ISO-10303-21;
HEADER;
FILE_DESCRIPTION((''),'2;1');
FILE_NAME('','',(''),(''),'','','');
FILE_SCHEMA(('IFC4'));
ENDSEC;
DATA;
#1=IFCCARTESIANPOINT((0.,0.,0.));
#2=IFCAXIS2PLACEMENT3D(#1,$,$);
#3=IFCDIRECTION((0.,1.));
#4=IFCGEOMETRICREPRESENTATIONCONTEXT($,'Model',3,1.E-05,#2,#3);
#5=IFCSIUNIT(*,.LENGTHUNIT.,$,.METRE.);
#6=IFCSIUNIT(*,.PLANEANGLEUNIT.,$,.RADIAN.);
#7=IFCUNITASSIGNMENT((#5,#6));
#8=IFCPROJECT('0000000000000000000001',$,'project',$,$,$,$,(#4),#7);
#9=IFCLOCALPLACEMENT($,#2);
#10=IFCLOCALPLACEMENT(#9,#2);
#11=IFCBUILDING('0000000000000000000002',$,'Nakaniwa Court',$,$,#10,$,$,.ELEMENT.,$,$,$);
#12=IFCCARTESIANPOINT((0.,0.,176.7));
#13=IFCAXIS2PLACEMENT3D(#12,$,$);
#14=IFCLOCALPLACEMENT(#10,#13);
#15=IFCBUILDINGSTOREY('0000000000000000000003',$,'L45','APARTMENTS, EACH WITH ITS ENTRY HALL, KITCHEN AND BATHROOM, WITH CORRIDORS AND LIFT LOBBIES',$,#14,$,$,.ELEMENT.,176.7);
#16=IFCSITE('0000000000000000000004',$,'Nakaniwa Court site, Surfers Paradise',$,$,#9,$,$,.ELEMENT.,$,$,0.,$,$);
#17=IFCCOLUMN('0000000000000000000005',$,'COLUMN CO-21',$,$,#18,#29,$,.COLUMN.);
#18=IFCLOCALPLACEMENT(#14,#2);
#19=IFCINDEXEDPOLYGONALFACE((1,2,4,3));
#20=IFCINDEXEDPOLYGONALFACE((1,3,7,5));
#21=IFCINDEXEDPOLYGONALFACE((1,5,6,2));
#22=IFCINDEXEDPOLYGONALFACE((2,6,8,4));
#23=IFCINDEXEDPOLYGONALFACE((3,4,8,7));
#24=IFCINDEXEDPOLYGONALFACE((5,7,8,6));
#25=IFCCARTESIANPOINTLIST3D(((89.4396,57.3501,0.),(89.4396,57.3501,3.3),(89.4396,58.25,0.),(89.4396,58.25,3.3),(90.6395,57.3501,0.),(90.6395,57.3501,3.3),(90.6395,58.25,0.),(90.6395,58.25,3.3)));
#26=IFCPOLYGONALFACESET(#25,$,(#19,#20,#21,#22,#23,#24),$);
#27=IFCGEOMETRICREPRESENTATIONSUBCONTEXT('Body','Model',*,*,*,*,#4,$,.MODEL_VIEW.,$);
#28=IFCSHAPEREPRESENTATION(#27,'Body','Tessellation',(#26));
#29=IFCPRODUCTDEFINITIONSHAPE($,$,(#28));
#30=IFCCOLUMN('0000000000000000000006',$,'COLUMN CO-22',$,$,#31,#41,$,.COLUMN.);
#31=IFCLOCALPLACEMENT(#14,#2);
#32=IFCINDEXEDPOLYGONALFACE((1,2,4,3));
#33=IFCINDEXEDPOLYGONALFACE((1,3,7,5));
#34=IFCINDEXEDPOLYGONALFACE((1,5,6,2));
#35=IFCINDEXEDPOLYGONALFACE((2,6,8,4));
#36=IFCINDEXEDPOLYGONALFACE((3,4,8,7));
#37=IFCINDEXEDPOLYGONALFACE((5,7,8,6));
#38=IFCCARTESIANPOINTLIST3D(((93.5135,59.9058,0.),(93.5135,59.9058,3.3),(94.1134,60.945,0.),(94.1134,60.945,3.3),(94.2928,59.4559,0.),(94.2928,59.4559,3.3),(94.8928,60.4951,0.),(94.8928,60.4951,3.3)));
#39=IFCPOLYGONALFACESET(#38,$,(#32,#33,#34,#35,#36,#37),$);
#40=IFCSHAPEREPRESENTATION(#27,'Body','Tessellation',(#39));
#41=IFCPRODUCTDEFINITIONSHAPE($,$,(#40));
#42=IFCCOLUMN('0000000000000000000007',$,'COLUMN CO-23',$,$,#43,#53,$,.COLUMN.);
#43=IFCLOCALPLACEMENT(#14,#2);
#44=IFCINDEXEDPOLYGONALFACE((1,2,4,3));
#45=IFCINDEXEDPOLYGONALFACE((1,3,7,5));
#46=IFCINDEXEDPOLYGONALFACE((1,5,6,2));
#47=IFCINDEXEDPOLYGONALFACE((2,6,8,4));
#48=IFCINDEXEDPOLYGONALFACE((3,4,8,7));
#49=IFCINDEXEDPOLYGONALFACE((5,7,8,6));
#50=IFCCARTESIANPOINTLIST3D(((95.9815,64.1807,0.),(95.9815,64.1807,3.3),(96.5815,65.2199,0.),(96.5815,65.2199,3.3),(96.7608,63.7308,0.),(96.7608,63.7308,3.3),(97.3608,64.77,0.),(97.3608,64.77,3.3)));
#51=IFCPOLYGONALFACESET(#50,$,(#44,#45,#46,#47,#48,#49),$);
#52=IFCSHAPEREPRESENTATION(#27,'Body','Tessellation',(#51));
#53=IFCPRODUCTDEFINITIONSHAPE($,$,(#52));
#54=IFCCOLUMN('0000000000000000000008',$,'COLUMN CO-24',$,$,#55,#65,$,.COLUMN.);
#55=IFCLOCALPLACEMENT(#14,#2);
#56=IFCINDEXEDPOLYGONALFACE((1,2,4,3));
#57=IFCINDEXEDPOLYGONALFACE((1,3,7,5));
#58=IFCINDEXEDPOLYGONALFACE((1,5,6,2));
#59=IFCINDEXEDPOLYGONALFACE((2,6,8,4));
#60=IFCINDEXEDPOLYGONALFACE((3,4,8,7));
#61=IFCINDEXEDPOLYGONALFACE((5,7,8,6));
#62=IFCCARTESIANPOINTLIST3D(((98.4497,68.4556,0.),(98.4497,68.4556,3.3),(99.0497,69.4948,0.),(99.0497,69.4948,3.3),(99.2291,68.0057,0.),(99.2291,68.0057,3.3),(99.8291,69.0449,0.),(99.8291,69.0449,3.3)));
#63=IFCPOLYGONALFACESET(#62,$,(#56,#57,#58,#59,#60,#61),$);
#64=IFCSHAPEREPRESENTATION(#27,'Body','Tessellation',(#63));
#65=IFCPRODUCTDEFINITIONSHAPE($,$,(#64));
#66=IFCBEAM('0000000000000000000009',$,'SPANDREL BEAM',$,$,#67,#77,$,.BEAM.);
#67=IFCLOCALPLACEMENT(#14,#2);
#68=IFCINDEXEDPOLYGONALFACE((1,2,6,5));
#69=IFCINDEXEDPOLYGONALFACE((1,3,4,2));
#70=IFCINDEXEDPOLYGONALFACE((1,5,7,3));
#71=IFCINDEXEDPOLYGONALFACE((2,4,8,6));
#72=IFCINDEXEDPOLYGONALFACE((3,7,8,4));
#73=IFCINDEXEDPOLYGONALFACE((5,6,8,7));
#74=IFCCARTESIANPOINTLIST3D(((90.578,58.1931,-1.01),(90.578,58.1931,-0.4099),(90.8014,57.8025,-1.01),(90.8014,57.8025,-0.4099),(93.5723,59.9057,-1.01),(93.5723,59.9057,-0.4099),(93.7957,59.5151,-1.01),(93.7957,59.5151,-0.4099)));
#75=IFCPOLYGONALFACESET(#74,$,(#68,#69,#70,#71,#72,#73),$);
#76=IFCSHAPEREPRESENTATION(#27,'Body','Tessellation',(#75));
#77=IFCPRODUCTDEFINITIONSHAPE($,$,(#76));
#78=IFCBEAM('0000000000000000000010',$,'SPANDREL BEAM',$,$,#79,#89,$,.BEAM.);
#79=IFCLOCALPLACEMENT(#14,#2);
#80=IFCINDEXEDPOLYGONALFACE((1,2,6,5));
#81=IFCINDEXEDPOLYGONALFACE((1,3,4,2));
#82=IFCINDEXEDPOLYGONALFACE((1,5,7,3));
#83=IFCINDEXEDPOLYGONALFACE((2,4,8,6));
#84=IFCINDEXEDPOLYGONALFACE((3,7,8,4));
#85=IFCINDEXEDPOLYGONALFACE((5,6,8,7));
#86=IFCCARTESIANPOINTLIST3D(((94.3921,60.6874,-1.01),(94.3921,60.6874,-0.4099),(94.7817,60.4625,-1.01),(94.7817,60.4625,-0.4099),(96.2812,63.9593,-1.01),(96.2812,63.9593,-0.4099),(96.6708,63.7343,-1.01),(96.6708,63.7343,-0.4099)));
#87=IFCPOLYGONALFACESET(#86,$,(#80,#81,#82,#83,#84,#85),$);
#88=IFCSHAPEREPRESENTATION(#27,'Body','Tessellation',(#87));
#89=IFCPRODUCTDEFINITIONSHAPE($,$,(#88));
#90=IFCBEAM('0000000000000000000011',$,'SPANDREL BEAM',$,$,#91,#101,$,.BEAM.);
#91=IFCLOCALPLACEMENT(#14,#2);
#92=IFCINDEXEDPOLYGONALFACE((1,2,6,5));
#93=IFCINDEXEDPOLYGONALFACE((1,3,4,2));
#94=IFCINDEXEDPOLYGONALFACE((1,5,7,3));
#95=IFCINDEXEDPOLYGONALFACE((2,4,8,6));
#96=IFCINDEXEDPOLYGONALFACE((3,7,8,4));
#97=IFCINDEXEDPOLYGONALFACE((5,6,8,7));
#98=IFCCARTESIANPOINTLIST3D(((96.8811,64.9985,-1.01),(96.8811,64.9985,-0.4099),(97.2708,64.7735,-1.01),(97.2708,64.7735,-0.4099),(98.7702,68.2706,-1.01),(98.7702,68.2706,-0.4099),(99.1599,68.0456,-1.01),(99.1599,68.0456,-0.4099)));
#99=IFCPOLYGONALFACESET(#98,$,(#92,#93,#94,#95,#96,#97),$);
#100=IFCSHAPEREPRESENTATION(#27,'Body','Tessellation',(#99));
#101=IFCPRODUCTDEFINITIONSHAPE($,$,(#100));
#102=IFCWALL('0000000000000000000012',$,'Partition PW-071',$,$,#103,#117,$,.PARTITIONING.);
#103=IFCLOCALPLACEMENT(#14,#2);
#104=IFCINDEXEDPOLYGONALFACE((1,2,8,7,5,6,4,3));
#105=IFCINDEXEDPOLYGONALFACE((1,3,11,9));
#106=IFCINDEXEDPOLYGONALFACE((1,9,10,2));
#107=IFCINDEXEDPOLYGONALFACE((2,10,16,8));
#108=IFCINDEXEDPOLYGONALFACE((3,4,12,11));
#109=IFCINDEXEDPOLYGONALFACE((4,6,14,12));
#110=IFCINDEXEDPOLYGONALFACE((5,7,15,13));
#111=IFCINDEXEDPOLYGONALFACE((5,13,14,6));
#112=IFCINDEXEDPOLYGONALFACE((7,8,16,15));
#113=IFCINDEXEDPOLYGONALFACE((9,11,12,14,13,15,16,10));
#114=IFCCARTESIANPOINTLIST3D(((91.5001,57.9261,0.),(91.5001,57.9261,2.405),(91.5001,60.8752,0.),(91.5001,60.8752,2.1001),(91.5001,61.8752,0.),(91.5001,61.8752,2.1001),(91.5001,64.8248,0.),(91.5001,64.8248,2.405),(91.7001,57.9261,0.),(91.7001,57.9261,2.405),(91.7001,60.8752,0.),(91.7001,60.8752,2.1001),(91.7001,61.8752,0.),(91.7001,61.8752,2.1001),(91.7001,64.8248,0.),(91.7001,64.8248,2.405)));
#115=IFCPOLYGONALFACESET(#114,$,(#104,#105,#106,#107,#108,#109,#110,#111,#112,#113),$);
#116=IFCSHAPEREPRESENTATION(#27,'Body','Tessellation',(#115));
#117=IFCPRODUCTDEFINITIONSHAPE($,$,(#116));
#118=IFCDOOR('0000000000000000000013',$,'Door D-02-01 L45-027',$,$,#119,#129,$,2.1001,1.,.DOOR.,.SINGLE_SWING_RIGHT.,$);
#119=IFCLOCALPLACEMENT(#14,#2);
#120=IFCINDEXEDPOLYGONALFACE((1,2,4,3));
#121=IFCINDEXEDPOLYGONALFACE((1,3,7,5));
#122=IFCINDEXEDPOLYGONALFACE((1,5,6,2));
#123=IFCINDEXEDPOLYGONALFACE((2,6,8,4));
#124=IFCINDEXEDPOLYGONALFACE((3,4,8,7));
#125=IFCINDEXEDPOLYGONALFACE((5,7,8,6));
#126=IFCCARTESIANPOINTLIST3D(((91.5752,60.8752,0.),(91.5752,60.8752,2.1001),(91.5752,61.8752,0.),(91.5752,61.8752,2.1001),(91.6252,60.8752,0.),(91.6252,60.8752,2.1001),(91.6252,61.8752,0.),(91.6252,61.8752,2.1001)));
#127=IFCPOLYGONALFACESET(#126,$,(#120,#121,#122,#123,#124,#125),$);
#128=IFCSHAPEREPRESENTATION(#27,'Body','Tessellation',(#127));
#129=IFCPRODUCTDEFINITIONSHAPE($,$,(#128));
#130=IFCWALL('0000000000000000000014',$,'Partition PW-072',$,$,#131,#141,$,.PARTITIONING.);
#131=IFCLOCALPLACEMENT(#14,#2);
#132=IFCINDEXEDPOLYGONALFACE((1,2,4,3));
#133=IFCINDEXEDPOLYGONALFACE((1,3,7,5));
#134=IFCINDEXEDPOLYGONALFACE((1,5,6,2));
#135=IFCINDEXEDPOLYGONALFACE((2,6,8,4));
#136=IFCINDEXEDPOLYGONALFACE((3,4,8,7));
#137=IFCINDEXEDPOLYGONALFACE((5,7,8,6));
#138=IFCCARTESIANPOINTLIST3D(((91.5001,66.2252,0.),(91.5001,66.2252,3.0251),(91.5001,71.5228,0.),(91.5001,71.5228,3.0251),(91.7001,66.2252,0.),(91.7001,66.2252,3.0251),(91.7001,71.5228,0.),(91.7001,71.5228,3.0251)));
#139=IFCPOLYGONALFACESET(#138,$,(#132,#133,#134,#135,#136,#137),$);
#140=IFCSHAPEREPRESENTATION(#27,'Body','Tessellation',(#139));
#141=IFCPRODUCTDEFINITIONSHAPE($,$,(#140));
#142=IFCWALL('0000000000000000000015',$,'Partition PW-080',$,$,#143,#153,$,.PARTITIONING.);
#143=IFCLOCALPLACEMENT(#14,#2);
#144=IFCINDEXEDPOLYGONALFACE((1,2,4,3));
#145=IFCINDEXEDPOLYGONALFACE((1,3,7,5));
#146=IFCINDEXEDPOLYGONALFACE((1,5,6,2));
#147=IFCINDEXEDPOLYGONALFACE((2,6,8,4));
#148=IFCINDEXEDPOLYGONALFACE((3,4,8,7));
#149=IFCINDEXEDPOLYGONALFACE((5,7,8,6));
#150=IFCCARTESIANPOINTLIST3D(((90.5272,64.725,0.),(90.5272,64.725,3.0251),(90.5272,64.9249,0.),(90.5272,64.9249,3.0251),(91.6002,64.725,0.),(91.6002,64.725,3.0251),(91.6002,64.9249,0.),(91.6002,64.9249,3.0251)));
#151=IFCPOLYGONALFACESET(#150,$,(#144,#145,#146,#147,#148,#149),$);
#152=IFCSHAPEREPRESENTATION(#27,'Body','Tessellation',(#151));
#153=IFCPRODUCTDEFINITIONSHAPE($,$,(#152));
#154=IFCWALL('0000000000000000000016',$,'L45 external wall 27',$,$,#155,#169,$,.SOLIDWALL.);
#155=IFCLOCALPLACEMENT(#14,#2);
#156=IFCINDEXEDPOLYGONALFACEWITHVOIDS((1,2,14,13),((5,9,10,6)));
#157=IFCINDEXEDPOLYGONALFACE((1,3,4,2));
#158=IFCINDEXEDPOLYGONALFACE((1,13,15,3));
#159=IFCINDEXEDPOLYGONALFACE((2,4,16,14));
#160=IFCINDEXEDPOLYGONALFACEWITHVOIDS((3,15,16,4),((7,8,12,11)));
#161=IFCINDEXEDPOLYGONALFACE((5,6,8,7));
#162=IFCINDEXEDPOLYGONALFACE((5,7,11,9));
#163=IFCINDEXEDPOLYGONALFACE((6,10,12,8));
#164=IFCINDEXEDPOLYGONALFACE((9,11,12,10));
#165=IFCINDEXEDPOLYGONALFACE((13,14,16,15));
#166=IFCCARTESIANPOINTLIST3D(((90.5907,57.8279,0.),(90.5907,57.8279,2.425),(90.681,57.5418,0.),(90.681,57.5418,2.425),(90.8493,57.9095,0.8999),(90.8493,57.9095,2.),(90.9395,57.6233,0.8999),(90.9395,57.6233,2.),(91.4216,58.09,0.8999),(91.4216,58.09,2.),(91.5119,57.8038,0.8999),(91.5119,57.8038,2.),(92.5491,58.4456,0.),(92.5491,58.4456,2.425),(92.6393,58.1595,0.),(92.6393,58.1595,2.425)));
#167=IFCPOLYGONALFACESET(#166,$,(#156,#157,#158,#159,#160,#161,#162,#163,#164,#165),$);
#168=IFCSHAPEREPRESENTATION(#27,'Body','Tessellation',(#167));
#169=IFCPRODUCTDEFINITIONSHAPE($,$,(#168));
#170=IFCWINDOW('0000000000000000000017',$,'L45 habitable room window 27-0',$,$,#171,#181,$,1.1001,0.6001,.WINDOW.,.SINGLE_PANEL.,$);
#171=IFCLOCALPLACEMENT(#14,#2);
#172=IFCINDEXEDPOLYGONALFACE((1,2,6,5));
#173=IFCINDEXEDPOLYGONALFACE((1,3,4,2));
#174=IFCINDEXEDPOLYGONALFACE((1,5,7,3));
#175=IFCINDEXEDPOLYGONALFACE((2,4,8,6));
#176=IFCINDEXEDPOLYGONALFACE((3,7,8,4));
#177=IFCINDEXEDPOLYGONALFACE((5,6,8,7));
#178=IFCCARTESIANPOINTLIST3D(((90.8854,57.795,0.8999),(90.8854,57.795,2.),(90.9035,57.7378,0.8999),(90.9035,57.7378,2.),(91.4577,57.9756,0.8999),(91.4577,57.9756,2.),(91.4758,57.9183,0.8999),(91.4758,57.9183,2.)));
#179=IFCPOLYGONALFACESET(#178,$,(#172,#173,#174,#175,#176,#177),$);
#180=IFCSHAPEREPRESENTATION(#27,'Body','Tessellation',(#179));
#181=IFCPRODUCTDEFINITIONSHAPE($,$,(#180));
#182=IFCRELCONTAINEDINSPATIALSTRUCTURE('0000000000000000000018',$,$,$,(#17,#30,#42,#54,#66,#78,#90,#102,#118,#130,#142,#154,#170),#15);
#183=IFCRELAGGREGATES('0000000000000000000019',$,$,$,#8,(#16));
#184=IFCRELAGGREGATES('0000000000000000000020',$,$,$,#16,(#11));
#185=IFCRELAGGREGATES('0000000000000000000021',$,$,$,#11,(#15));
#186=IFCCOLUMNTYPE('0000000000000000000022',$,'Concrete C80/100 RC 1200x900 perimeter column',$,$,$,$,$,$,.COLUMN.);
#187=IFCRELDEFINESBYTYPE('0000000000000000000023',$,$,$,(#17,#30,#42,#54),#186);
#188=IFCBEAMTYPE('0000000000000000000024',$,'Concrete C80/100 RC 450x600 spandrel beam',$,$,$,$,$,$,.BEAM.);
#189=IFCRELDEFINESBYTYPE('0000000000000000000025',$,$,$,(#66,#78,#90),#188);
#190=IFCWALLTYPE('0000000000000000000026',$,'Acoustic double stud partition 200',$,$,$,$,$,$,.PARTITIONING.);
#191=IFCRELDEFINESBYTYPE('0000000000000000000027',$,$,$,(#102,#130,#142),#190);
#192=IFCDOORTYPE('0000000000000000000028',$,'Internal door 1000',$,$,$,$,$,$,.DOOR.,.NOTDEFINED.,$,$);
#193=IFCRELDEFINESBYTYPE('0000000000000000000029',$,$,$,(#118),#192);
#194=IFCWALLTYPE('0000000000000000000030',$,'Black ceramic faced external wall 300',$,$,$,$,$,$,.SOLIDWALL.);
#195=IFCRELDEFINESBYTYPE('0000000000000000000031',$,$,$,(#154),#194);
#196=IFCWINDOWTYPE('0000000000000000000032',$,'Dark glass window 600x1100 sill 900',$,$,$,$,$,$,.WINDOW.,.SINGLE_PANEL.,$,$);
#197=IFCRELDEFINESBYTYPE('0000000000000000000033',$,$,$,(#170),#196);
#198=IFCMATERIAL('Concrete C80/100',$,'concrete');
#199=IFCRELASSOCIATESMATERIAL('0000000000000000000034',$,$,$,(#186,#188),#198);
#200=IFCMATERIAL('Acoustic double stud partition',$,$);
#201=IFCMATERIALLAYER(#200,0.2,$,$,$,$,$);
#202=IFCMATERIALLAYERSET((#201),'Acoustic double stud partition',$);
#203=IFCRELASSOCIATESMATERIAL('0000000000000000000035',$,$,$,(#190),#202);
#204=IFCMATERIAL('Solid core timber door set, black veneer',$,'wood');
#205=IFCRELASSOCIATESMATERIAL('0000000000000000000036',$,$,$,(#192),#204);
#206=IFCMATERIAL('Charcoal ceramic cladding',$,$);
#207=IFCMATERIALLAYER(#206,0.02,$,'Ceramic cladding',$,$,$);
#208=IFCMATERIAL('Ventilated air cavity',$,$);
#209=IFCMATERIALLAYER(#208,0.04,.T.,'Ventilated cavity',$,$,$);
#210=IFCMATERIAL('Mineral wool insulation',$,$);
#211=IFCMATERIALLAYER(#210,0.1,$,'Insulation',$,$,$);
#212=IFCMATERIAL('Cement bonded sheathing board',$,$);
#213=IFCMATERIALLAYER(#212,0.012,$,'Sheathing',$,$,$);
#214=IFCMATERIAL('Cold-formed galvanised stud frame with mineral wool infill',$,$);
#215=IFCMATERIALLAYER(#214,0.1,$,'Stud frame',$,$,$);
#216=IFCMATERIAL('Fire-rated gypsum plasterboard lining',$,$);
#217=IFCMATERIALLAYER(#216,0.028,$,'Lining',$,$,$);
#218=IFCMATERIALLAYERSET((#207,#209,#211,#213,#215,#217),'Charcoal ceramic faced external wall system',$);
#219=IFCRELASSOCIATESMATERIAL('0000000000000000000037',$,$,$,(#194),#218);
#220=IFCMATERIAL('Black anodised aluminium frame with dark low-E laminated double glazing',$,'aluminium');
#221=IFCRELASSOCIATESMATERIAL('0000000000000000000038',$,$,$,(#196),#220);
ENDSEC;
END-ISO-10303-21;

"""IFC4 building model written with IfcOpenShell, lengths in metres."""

from ifc_helpers import new_model, si_unit, direction, frame, frame_2d, origin, origin_2d, place, context, subcontext, project, spatial, rectangle, extrude, material, layer, layer_set, material_profile, profile_set, type_object, element, fill, save


model = new_model("IFC4")

# Units and contexts
model_context = context("Model", 3, precision=1e-05, world=origin(), true_north=direction((0.0, 1.0)))
body_context = subcontext(model_context, "Body", "Model", "MODEL_VIEW")
ifc_project = project(units=[si_unit("LENGTHUNIT", "METRE"), si_unit("PLANEANGLEUNIT", "RADIAN")], contexts=[model_context])

# Site, building, storey
site_placement = place(None, origin())
site = spatial("IfcSite", under=ifc_project, at=site_placement, Name="Nakaniwa Court site, Surfers Paradise", CompositionType="ELEMENT", RefElevation=0.0)
building_placement = place(site_placement, origin())
building = spatial("IfcBuilding", under=site, at=building_placement, Name="Nakaniwa Court", CompositionType="ELEMENT")
storey_placement = place(building_placement, frame((0.0, 0.0, 176.7)))
storey = spatial("IfcBuildingStorey", under=building, at=storey_placement, Name="L45", Description="APARTMENTS, EACH WITH ITS ENTRY HALL, KITCHEN AND BATHROOM, WITH CORRIDORS AND LIFT LOBBIES", CompositionType="ELEMENT", Elevation=176.7)

# Columns
ifc_material_1 = material(Name="Concrete C80/100", Category="concrete")
ifc_material_profile_1 = material_profile(ifc_material_1, rectangle(XDim=1.2, YDim=0.8999, at=origin_2d()), Name="Concrete C80/100 RC 1200x900 perimeter column")
ifc_profile_set_1 = profile_set([ifc_material_profile_1], Name="Concrete C80/100")
column_type = type_object("IfcColumnType", Name="Concrete C80/100 RC 1200x900 perimeter column", PredefinedType="COLUMN", material=ifc_profile_set_1)
for number, where, z_axis, x_axis, name in (
    (1, (90.0396, 57.8, 0.0), (0.0, 0.0, 1.0), (1.0, 0.0, 0.0), "COLUMN CO-21"),
    (2, (94.2031, 60.2004, 0.0), (0.0, 0.0, 1.0), (0.5, 0.866025, 0.0), "COLUMN CO-22"),
    (3, (96.6711, 64.4753, 0.0), (0.0, 0.0, 1.0), (0.5, 0.866025, 0.0), "COLUMN CO-23"),
    (4, (99.1394, 68.7502, 0.0), (0.0, 0.0, 1.0), (0.5, 0.866025, 0.0), "COLUMN CO-24"),
):
    element("IfcColumn", number, at=place(storey_placement, frame(where, z_axis=z_axis, x_axis=x_axis)), inside=storey, type_object=column_type, Name=name, PredefinedType="COLUMN", context=body_context, shape_type="SweptSolid", body=[
        extrude(rectangle(XDim=1.2, YDim=0.8999, at=origin_2d()), origin(), (0.0, 0.0, 1.0), 3.3),
    ])

# Beams
ifc_material_profile_2 = material_profile(ifc_material_1, rectangle(XDim=0.45, YDim=0.6001, at=origin_2d()), Name="Concrete C80/100 RC 450x600 spandrel beam")
ifc_profile_set_2 = profile_set([ifc_material_profile_2], Name="Concrete C80/100")
beam_type = type_object("IfcBeamType", Name="Concrete C80/100 RC 450x600 spandrel beam", PredefinedType="BEAM", material=ifc_profile_set_2)
beam_1_placement = place(storey_placement, frame((90.6897, 57.9978, -0.71), z_axis=(0.868047, 0.496482, 0.0), x_axis=(-0.496482, 0.868047, 0.0)))
element("IfcBeam", 5, at=beam_1_placement, inside=storey, type_object=beam_type, Name="SPANDREL BEAM", PredefinedType="BEAM", context=body_context, shape_type="SweptSolid", body=[
    extrude(rectangle(XDim=0.45, YDim=0.6001, at=origin_2d()), origin(), (0.0, 0.0, 1.0), 3.4495),
])
beam_2_placement = place(storey_placement, frame((94.5869, 60.575, -0.71), z_axis=(0.500017, 0.866016, 0.0), x_axis=(-0.866016, 0.500017, 0.0)))
element("IfcBeam", 6, at=beam_2_placement, inside=storey, type_object=beam_type, Name="SPANDREL BEAM", PredefinedType="BEAM", context=body_context, shape_type="SweptSolid", body=[
    extrude(rectangle(XDim=0.45, YDim=0.6001, at=origin_2d()), origin(), (0.0, 0.0, 1.0), 3.7781),
])
beam_3_placement = place(storey_placement, frame((97.0759, 64.886, -0.71), z_axis=(0.499989, 0.866032, 0.0), x_axis=(-0.866032, 0.499989, 0.0)))
element("IfcBeam", 7, at=beam_3_placement, inside=storey, type_object=beam_type, Name="SPANDREL BEAM", PredefinedType="BEAM", context=body_context, shape_type="SweptSolid", body=[
    extrude(rectangle(XDim=0.45, YDim=0.6001, at=origin_2d()), origin(), (0.0, 0.0, 1.0), 3.7783),
])

# Wall, opening, door
ifc_material_2 = material(Name="Acoustic double stud partition")
ifc_layer_1 = layer(ifc_material_2, 0.2)
ifc_layer_set_1 = layer_set([ifc_layer_1], Name="Acoustic double stud partition")
wall_type_1 = type_object("IfcWallType", Name="Acoustic double stud partition 200", PredefinedType="PARTITIONING", material=ifc_layer_set_1)
wall_1_placement = place(storey_placement, frame((91.6001, 57.9263, 0.0), z_axis=(0.0, 0.0, 1.0), x_axis=(0.0, 1.0, 0.0)))
wall_1 = element("IfcWall", 8, at=wall_1_placement, inside=storey, type_object=wall_type_1, Name="Partition PW-071", PredefinedType="PARTITIONING", context=body_context, shape_type="SweptSolid", body=[
    extrude(rectangle(XDim=6.8987, YDim=0.2, at=frame_2d((3.4492, 0.0))), origin(), (0.0, 0.0, 1.0), 2.405),
])
opening_1_placement = place(wall_1_placement, frame((2.949, 0.0, 0.0)))
opening_1 = element("IfcOpeningElement", 9, at=opening_1_placement, cuts=wall_1, PredefinedType="OPENING", context=body_context, shape_type="SweptSolid", body=[
    extrude(rectangle(XDim=1.0, YDim=2.1001, at=frame_2d((0.5, 1.05))), frame((0.0, 0.1099, 0.0), z_axis=(0.0, -1.0, 0.0), x_axis=(1.0, 0.0, 0.0)), (0.0, 0.0, 1.0), 0.22),
])
ifc_material_3 = material(Name="Solid core timber door set, black veneer", Category="wood")
door_type_1 = type_object("IfcDoorType", Name="Internal door 1000", OperationType="NOTDEFINED", PredefinedType="DOOR", material=ifc_material_3)
door_1_placement = place(opening_1_placement, origin())
door_1 = element("IfcDoor", 10, at=door_1_placement, inside=storey, type_object=door_type_1, Name="Door D-02-01 L45-027", OperationType="SINGLE_SWING_RIGHT", OverallHeight=2.1001, OverallWidth=1.0, PredefinedType="DOOR", context=body_context, shape_type="SweptSolid", body=[
    extrude(rectangle(XDim=1.0, YDim=2.1001, at=frame_2d((0.5, 1.05))), frame((0.0, 0.0249, 0.0), z_axis=(0.0, -1.0, 0.0), x_axis=(1.0, 0.0, 0.0)), (0.0, 0.0, 1.0), 0.05),
])
fill(opening_1, door_1)

# Walls
wall_2_placement = place(storey_placement, frame((91.6001, 66.2251, 0.0), z_axis=(0.0, 0.0, 1.0), x_axis=(0.0, 1.0, 0.0)))
element("IfcWall", 11, at=wall_2_placement, inside=storey, type_object=wall_type_1, Name="Partition PW-072", PredefinedType="PARTITIONING", context=body_context, shape_type="SweptSolid", body=[
    extrude(rectangle(XDim=5.2976, YDim=0.2, at=frame_2d((2.6489, 0.0))), origin(), (0.0, 0.0, 1.0), 3.0251),
])
wall_3_placement = place(storey_placement, frame((90.5271, 64.825, 0.0), z_axis=(0.0, 0.0, 1.0), x_axis=(1.0, 0.0, 0.0)))
element("IfcWall", 12, at=wall_3_placement, inside=storey, type_object=wall_type_1, Name="Partition PW-080", PredefinedType="PARTITIONING", context=body_context, shape_type="SweptSolid", body=[
    extrude(rectangle(XDim=1.073, YDim=0.2, at=frame_2d((0.5366, 0.0))), origin(), (0.0, 0.0, 1.0), 3.0251),
])

# Wall, opening, window
ifc_material_4 = material(Name="Charcoal ceramic cladding")
ifc_layer_2 = layer(ifc_material_4, 0.02, Name="Ceramic cladding")
ifc_material_5 = material(Name="Ventilated air cavity")
ifc_layer_3 = layer(ifc_material_5, 0.04, ventilated=True, Name="Ventilated cavity")
ifc_material_6 = material(Name="Mineral wool insulation")
ifc_layer_4 = layer(ifc_material_6, 0.1, Name="Insulation")
ifc_material_7 = material(Name="Cement bonded sheathing board")
ifc_layer_5 = layer(ifc_material_7, 0.012, Name="Sheathing")
ifc_material_8 = material(Name="Cold-formed galvanised stud frame with mineral wool infill")
ifc_layer_6 = layer(ifc_material_8, 0.1, Name="Stud frame")
ifc_material_9 = material(Name="Fire-rated gypsum plasterboard lining")
ifc_layer_7 = layer(ifc_material_9, 0.028, Name="Lining")
ifc_layer_set_2 = layer_set([ifc_layer_2, ifc_layer_3, ifc_layer_4, ifc_layer_5, ifc_layer_6, ifc_layer_7], Name="Charcoal ceramic faced external wall system")
wall_type_2 = type_object("IfcWallType", Name="Black ceramic faced external wall 300", PredefinedType="SOLIDWALL", material=ifc_layer_set_2)
wall_4_placement = place(storey_placement, frame((90.6357, 57.6848, 0.0), z_axis=(0.0, 0.0, 1.0), x_axis=(0.953683, 0.300813, 0.0)))
wall_4 = element("IfcWall", 13, at=wall_4_placement, inside=storey, type_object=wall_type_2, Name="L45 external wall 27", PredefinedType="SOLIDWALL", context=body_context, shape_type="SweptSolid", body=[
    extrude(rectangle(XDim=2.0535, YDim=0.3, at=frame_2d((1.0269, 0.0))), origin(), (0.0, 0.0, 1.0), 2.425),
])
opening_2_placement = place(wall_4_placement, frame((0.2712, 0.0, 0.8999)))
opening_2 = element("IfcOpeningElement", 14, at=opening_2_placement, cuts=wall_4, PredefinedType="OPENING", context=body_context, shape_type="SweptSolid", body=[
    extrude(rectangle(XDim=0.6001, YDim=1.1001, at=frame_2d((0.3, 0.55))), frame((0.0, 0.1599, 0.0), z_axis=(0.0, -1.0, 0.0), x_axis=(1.0, 0.0, 0.0)), (0.0, 0.0, 1.0), 0.3201),
])
ifc_material_10 = material(Name="Black anodised aluminium frame with dark low-E laminated double glazing", Category="aluminium")
window_type_1 = type_object("IfcWindowType", Name="Dark glass window 600x1100 sill 900", PartitioningType="SINGLE_PANEL", PredefinedType="WINDOW", material=ifc_material_10)
window_1_placement = place(opening_2_placement, origin())
window_1 = element("IfcWindow", 15, at=window_1_placement, inside=storey, type_object=window_type_1, Name="L45 habitable room window 27-0", OverallHeight=1.1001, OverallWidth=0.6001, PartitioningType="SINGLE_PANEL", PredefinedType="WINDOW", context=body_context, shape_type="SweptSolid", body=[
    extrude(rectangle(XDim=0.6001, YDim=1.1001, at=frame_2d((0.3, 0.55))), frame((0.0, 0.03, 0.0), z_axis=(0.0, -1.0, 0.0), x_axis=(1.0, 0.0, 0.0)), (0.0, 0.0, 1.0), 0.0601),
])
fill(opening_2, window_1)

save(model, "model.ifc")
